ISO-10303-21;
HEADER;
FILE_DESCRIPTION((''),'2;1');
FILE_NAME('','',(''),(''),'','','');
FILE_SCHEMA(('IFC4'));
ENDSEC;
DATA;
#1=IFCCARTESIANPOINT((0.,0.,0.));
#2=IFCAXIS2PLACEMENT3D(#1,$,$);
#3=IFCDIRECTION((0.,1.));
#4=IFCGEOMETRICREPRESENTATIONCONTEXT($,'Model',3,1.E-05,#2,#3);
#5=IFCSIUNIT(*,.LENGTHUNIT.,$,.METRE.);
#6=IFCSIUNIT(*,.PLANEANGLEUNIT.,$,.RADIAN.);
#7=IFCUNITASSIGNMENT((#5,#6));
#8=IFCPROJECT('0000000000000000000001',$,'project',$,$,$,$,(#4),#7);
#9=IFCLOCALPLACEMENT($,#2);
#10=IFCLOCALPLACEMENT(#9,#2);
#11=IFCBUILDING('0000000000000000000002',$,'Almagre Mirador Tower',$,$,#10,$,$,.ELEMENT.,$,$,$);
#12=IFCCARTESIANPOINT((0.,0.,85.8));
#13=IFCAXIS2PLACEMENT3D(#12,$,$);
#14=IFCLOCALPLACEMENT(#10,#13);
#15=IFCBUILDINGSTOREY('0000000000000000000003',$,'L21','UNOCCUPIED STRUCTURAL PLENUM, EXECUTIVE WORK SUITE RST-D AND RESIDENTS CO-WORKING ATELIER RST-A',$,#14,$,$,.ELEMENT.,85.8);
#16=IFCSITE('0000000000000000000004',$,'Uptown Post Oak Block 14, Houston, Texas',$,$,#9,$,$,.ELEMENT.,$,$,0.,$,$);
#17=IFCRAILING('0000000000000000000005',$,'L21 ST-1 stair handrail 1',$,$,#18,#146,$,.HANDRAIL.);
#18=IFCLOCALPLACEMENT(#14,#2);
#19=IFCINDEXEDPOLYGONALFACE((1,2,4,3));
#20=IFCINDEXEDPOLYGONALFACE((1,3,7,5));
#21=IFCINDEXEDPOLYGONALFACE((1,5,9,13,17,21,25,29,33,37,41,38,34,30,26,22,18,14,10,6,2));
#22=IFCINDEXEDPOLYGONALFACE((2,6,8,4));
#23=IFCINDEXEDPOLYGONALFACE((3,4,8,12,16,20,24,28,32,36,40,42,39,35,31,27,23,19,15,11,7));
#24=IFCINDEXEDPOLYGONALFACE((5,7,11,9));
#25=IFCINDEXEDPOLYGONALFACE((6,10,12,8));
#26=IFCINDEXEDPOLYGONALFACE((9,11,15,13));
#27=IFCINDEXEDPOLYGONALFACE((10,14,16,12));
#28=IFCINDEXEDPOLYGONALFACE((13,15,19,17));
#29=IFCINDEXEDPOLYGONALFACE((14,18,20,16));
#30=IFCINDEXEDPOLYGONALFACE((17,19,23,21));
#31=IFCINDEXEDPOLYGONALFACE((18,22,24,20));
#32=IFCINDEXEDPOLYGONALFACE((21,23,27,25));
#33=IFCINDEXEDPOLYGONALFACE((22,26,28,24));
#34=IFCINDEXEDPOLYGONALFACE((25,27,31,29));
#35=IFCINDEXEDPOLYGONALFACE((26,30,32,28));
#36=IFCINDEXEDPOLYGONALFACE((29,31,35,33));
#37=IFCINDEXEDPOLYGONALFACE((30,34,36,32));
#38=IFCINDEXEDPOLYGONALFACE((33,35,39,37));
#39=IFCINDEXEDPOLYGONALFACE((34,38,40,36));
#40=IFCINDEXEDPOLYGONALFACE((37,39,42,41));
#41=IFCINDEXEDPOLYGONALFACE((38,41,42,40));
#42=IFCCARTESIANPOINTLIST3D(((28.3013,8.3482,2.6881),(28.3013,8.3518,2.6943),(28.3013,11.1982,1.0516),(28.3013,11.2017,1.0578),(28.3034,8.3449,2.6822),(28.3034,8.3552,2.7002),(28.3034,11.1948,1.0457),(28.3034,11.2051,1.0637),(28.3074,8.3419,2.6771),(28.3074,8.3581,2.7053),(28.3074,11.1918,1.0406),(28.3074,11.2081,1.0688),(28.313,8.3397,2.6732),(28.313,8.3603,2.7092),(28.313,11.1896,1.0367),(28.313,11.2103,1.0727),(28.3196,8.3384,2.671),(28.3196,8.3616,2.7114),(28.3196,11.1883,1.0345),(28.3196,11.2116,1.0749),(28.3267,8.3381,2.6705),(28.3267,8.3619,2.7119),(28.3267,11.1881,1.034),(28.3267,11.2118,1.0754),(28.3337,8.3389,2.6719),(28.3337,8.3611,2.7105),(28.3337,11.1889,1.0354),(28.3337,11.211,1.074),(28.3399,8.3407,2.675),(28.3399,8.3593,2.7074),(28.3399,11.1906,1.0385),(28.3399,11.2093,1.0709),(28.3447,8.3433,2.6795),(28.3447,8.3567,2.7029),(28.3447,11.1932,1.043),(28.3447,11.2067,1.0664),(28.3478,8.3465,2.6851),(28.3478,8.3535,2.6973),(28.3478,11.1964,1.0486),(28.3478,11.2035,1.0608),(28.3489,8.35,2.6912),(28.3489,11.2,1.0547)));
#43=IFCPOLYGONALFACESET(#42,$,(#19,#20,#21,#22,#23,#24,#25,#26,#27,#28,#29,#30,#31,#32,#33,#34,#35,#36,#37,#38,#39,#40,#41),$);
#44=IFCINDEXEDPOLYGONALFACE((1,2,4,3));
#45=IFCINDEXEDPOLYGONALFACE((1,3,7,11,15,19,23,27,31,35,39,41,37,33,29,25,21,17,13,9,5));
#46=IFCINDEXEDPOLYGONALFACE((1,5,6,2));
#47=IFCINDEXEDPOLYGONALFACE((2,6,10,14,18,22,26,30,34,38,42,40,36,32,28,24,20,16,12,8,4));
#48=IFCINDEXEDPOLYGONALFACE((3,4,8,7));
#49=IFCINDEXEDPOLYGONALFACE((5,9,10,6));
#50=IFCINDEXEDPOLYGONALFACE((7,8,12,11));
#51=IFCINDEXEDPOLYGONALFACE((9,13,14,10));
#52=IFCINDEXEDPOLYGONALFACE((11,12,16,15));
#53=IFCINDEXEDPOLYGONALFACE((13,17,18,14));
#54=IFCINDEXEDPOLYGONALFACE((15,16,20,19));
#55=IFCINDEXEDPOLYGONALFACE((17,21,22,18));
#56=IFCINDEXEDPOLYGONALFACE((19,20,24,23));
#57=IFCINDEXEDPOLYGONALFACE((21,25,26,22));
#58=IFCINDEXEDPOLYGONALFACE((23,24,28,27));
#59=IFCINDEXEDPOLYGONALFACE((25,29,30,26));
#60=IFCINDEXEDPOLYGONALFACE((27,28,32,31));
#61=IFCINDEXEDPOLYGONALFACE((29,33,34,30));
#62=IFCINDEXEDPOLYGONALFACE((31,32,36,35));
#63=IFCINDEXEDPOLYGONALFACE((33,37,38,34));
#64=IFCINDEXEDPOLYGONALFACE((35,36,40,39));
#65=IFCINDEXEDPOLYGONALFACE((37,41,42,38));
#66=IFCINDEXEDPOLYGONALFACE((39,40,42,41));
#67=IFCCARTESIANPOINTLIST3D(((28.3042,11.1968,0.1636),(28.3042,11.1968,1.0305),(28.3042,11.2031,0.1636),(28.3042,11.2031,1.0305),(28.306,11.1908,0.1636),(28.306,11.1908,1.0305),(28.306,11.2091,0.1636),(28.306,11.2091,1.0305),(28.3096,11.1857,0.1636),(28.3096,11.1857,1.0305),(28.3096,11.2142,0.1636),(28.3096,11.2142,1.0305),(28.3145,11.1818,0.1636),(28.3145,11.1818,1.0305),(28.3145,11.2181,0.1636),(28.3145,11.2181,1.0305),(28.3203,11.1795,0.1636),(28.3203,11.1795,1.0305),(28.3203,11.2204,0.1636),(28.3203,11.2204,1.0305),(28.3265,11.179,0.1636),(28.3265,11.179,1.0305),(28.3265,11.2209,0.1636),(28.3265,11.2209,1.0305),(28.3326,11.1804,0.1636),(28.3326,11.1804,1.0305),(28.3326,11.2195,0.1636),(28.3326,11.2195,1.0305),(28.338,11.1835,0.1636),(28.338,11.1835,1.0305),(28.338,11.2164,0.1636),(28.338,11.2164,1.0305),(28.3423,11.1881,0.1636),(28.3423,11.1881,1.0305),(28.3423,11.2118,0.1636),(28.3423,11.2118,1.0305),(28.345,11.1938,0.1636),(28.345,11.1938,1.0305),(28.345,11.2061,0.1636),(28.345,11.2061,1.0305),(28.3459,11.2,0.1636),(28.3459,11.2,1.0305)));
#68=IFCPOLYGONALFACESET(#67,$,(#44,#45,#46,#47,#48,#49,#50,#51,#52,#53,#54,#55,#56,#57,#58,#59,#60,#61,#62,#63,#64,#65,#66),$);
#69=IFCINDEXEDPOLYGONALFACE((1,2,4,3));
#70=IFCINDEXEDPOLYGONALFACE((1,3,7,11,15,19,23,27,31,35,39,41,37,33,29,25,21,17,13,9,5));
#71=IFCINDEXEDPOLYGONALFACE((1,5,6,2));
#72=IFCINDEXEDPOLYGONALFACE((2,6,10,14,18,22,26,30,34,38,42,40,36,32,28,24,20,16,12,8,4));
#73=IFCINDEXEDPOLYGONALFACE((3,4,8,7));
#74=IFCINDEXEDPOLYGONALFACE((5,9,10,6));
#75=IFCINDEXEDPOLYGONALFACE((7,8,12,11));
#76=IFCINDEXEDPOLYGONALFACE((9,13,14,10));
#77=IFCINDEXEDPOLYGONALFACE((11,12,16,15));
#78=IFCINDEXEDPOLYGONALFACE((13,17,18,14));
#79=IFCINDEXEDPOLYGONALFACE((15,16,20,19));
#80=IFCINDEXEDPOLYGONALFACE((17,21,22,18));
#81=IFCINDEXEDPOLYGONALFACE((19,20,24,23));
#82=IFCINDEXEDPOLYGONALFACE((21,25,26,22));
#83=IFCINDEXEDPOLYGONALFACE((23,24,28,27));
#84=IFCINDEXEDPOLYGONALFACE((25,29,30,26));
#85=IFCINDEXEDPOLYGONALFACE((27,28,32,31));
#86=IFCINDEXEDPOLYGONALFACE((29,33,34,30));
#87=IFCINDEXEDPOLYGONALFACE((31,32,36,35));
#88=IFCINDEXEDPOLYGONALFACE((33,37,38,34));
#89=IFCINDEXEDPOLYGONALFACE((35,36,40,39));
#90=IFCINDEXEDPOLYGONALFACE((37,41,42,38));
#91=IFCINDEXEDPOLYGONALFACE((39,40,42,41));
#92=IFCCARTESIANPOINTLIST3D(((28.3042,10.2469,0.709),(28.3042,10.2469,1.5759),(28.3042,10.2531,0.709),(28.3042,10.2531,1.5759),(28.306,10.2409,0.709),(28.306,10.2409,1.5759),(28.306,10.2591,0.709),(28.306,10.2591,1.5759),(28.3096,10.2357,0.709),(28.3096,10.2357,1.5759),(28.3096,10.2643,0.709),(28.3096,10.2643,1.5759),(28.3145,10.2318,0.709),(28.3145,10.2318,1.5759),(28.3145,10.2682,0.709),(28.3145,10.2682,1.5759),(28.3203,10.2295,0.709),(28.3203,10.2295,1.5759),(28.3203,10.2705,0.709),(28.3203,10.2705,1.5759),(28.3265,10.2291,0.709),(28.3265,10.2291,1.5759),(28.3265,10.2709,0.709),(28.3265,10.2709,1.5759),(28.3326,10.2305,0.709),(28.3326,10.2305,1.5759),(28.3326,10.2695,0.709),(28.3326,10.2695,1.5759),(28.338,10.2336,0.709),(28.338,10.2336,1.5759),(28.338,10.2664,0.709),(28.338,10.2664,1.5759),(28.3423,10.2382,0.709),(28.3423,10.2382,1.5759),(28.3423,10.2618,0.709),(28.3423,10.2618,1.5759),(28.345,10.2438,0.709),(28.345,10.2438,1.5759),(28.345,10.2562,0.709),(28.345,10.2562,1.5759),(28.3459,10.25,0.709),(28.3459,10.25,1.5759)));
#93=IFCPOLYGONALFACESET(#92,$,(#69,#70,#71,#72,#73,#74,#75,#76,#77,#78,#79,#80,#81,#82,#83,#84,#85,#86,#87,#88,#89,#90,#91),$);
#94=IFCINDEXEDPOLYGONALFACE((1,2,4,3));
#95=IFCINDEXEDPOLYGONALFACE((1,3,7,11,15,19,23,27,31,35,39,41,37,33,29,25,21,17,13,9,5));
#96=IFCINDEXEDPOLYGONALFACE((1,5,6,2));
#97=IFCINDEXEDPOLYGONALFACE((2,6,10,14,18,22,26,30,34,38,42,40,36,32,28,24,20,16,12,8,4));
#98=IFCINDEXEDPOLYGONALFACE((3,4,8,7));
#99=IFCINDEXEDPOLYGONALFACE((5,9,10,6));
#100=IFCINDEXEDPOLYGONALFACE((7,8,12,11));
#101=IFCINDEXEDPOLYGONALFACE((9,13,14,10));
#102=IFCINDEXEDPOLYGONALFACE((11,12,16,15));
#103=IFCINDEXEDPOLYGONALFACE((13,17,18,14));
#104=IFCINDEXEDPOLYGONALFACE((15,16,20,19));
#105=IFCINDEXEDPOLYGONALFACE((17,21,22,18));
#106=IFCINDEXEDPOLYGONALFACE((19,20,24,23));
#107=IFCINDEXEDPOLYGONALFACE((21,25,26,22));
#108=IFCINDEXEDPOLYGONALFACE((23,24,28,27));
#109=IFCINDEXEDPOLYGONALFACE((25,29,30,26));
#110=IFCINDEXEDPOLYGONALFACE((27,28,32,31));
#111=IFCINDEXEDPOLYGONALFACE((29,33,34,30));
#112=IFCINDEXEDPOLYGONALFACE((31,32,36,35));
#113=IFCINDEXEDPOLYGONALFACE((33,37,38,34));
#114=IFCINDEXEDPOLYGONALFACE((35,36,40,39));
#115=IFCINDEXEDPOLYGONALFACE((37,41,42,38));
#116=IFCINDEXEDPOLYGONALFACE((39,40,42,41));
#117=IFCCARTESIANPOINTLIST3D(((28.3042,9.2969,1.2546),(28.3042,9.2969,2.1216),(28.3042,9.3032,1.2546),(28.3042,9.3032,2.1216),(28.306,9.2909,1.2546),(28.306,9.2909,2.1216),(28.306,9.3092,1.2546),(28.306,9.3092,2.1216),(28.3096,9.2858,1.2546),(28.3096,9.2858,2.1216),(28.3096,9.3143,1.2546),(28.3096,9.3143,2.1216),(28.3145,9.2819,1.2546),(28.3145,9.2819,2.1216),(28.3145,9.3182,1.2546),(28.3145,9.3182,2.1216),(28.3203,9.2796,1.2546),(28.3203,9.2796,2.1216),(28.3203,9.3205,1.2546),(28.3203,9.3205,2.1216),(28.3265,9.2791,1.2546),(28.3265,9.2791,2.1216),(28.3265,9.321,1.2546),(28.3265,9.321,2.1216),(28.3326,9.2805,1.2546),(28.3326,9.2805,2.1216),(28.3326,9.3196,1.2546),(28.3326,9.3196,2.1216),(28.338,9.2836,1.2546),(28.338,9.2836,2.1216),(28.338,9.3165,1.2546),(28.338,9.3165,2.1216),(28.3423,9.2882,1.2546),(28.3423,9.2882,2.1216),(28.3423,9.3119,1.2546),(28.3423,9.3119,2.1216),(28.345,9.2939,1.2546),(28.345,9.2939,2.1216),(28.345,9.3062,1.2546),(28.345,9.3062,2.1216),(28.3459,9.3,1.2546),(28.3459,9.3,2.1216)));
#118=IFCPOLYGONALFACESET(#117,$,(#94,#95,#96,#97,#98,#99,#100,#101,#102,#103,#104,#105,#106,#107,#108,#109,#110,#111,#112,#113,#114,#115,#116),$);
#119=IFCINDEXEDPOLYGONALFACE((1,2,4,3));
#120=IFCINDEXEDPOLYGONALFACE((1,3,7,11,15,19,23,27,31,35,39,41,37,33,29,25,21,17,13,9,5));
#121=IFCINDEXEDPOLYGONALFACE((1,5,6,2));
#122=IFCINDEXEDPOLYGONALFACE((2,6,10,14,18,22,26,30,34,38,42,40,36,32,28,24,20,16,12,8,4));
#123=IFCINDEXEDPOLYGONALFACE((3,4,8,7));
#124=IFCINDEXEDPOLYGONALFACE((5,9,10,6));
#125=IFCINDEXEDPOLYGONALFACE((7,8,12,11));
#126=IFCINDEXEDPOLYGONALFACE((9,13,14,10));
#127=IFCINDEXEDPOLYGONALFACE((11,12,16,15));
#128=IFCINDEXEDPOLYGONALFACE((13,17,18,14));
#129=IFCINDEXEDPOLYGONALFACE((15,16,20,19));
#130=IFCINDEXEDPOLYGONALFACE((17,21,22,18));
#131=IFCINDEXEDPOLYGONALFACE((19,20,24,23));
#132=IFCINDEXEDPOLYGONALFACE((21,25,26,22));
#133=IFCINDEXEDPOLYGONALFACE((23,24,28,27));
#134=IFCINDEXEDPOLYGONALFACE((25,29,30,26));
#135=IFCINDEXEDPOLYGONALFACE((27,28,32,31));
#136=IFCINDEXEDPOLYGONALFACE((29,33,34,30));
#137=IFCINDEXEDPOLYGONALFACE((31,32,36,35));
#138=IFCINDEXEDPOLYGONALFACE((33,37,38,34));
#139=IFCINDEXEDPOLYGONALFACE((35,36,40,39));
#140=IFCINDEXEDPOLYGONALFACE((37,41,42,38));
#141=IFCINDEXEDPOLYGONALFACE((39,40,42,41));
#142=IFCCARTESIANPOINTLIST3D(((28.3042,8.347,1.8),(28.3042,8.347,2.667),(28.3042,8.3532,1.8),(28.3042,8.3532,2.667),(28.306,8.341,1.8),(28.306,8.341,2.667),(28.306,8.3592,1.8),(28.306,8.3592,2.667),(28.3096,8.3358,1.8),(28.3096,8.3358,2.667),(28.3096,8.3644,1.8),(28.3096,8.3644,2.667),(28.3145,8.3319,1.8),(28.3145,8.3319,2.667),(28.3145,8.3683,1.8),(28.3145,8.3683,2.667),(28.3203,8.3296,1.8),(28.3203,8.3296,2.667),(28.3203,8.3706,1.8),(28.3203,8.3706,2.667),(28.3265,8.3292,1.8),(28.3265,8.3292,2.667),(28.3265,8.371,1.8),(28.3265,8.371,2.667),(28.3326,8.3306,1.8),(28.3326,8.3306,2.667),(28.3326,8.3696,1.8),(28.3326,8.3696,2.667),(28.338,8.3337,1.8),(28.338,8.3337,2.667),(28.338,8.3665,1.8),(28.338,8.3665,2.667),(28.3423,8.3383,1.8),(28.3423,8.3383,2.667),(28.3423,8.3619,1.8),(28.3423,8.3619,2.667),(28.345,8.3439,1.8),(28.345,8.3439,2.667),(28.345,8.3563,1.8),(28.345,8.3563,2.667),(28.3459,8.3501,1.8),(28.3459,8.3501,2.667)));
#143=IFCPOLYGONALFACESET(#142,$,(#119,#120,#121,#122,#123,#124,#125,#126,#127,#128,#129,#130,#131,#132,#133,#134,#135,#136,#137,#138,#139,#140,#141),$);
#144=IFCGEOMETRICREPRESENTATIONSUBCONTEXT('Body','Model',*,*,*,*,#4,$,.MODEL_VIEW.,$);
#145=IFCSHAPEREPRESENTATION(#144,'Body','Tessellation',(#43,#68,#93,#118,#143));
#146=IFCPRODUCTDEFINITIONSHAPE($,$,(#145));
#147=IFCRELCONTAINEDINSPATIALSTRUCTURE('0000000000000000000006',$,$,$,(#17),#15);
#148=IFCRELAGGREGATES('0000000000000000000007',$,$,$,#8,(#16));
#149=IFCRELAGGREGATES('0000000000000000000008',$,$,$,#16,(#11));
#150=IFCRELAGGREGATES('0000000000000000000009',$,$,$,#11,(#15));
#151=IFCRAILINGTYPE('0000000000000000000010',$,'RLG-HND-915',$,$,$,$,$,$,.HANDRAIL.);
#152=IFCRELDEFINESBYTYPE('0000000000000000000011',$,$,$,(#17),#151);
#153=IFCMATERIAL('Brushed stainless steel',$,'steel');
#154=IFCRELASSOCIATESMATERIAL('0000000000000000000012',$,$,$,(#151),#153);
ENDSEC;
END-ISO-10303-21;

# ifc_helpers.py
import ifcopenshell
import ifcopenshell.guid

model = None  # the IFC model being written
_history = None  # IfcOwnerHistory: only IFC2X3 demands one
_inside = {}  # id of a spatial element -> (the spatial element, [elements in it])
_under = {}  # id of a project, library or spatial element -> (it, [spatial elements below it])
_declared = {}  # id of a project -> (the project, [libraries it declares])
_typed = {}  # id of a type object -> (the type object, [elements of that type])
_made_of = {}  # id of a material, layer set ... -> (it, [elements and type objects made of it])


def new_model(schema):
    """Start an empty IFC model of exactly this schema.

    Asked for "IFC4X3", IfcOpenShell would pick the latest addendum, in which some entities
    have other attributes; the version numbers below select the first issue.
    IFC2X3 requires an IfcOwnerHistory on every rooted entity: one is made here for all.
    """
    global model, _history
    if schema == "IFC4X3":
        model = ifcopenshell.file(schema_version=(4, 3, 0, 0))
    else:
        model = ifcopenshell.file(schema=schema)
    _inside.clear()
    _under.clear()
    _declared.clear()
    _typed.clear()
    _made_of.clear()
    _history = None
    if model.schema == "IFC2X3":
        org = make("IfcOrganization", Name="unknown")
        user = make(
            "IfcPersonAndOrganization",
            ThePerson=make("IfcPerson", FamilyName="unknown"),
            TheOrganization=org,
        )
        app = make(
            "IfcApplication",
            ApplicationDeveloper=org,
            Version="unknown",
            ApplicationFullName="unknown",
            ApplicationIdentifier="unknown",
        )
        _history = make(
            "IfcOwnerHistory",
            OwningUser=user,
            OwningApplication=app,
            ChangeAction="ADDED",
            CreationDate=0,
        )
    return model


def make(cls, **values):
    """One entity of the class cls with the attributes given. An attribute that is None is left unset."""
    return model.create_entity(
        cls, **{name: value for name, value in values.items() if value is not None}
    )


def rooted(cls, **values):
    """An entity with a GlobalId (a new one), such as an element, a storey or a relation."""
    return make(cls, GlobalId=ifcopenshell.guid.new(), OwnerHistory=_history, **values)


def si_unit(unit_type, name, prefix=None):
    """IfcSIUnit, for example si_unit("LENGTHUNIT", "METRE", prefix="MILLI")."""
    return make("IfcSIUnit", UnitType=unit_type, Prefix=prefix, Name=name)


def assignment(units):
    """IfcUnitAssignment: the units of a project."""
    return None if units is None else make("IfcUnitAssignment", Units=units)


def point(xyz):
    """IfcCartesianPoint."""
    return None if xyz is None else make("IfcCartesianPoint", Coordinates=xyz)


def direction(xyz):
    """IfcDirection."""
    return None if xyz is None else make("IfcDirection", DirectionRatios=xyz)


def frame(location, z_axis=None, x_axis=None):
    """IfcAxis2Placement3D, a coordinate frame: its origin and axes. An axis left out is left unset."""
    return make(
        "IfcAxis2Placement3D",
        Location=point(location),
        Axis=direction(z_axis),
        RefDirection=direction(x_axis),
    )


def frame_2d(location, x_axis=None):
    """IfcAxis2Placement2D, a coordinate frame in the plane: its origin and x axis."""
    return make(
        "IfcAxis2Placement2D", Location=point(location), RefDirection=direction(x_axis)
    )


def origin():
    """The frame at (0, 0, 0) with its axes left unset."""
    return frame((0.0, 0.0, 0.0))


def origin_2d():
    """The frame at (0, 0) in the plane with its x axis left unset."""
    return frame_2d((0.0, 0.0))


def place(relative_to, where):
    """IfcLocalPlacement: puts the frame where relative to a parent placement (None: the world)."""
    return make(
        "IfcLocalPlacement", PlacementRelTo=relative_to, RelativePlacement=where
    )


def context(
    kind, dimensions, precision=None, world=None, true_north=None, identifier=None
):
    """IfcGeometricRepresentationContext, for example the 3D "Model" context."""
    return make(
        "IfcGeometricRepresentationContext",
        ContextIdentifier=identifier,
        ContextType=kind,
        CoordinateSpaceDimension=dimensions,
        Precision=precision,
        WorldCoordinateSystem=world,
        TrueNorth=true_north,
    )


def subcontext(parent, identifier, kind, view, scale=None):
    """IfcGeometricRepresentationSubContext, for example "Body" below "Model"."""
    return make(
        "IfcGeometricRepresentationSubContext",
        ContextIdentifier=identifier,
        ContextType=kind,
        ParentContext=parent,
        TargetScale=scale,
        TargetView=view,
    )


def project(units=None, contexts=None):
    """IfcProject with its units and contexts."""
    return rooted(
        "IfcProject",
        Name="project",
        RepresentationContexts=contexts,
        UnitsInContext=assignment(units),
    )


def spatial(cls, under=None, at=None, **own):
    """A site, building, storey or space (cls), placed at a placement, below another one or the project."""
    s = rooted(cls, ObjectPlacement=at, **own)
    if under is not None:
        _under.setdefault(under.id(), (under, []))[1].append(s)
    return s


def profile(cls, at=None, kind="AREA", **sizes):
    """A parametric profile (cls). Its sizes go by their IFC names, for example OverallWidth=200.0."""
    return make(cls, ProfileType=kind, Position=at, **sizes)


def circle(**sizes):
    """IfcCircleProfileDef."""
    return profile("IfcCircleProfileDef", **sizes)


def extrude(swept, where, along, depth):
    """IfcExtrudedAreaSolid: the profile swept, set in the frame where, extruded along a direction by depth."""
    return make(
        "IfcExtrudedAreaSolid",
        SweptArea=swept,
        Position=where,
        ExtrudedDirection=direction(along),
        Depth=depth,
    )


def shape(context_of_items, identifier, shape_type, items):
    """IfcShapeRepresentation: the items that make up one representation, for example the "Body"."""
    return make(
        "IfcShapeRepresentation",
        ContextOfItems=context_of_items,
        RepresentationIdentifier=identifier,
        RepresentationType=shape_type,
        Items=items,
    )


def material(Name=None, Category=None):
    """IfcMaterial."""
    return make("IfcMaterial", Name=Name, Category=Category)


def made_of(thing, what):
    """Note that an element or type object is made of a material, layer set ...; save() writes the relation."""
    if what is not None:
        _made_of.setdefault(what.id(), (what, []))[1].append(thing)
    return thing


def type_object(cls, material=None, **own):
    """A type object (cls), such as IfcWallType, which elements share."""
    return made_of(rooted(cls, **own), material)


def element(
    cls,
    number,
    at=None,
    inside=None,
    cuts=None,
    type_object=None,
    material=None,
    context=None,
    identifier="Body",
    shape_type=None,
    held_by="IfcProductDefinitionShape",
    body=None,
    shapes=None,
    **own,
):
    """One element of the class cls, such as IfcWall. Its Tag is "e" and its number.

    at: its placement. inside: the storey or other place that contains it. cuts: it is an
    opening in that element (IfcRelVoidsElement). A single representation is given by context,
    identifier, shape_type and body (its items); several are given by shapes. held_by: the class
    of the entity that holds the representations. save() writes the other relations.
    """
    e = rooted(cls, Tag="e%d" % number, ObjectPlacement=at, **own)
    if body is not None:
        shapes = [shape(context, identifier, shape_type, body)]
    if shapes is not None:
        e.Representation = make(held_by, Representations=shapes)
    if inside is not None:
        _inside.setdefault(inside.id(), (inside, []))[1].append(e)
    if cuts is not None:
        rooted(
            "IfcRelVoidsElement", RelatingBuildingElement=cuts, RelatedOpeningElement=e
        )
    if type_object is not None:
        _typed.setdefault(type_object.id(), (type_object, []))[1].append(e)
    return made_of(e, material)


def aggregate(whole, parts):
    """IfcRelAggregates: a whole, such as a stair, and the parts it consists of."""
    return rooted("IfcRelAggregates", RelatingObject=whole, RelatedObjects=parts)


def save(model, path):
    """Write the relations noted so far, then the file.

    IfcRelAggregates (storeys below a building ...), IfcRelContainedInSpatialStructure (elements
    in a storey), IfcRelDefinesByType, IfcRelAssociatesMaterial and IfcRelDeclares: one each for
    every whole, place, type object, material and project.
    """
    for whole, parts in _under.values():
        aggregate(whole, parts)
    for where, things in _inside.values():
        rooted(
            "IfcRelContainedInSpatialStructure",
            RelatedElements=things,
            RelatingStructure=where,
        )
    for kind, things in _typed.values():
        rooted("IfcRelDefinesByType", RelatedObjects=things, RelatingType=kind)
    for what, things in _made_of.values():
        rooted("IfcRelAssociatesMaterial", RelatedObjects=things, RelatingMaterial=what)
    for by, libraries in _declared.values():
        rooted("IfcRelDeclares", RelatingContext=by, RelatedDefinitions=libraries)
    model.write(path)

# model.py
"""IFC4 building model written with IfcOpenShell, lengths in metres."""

from ifc_helpers import new_model, si_unit, direction, frame, origin, origin_2d, place, context, subcontext, project, spatial, circle, extrude, material, type_object, element, save


model = new_model("IFC4")

# Units and contexts
model_context = context("Model", 3, precision=1e-05, world=origin(), true_north=direction((0.0, 1.0)))
body_context = subcontext(model_context, "Body", "Model", "MODEL_VIEW")
ifc_project = project(units=[si_unit("LENGTHUNIT", "METRE"), si_unit("PLANEANGLEUNIT", "RADIAN")], contexts=[model_context])

# Site, building, storey
site_placement = place(None, origin())
site = spatial("IfcSite", under=ifc_project, at=site_placement, Name="Uptown Post Oak Block 14, Houston, Texas", CompositionType="ELEMENT", RefElevation=0.0)
building_placement = place(site_placement, origin())
building = spatial("IfcBuilding", under=site, at=building_placement, Name="Almagre Mirador Tower", CompositionType="ELEMENT")
storey_placement = place(building_placement, frame((0.0, 0.0, 85.8)))
storey = spatial("IfcBuildingStorey", under=building, at=storey_placement, Name="L21", Description="UNOCCUPIED STRUCTURAL PLENUM, EXECUTIVE WORK SUITE RST-D AND RESIDENTS CO-WORKING ATELIER RST-A", CompositionType="ELEMENT", Elevation=85.8)

# Railing
ifc_material_1 = material(Name="Brushed stainless steel", Category="steel")
railing_type_1 = type_object("IfcRailingType", Name="RLG-HND-915", PredefinedType="HANDRAIL", material=ifc_material_1)
railing_1_placement = place(storey_placement, frame((28.325, 11.2, 0.1636)))
element("IfcRailing", 1, at=railing_1_placement, inside=storey, type_object=railing_type_1, Name="L21 ST-1 stair handrail 1", PredefinedType="HANDRAIL", context=body_context, shape_type="SweptSolid", body=[
    extrude(circle(Radius=0.0239, at=origin_2d()), frame((0.0, 0.0, 0.8911), z_axis=(0.0, -0.867194, 0.49797), x_axis=(1.0, 0.0, 0.0)), (0.0, 0.0, 1.0), 3.2864),
    extrude(circle(Radius=0.021, at=origin_2d()), origin(), (0.0, 0.0, 1.0), 0.8669),
    extrude(circle(Radius=0.021, at=origin_2d()), frame((0.0, -0.95, 0.5454)), (0.0, 0.0, 1.0), 0.8669),
    extrude(circle(Radius=0.021, at=origin_2d()), frame((0.0, -1.8999, 1.0911)), (0.0, 0.0, 1.0), 0.8669),
    extrude(circle(Radius=0.021, at=origin_2d()), frame((0.0, -2.8499, 1.6365)), (0.0, 0.0, 1.0), 0.8669),
])

save(model, "model.ifc")
